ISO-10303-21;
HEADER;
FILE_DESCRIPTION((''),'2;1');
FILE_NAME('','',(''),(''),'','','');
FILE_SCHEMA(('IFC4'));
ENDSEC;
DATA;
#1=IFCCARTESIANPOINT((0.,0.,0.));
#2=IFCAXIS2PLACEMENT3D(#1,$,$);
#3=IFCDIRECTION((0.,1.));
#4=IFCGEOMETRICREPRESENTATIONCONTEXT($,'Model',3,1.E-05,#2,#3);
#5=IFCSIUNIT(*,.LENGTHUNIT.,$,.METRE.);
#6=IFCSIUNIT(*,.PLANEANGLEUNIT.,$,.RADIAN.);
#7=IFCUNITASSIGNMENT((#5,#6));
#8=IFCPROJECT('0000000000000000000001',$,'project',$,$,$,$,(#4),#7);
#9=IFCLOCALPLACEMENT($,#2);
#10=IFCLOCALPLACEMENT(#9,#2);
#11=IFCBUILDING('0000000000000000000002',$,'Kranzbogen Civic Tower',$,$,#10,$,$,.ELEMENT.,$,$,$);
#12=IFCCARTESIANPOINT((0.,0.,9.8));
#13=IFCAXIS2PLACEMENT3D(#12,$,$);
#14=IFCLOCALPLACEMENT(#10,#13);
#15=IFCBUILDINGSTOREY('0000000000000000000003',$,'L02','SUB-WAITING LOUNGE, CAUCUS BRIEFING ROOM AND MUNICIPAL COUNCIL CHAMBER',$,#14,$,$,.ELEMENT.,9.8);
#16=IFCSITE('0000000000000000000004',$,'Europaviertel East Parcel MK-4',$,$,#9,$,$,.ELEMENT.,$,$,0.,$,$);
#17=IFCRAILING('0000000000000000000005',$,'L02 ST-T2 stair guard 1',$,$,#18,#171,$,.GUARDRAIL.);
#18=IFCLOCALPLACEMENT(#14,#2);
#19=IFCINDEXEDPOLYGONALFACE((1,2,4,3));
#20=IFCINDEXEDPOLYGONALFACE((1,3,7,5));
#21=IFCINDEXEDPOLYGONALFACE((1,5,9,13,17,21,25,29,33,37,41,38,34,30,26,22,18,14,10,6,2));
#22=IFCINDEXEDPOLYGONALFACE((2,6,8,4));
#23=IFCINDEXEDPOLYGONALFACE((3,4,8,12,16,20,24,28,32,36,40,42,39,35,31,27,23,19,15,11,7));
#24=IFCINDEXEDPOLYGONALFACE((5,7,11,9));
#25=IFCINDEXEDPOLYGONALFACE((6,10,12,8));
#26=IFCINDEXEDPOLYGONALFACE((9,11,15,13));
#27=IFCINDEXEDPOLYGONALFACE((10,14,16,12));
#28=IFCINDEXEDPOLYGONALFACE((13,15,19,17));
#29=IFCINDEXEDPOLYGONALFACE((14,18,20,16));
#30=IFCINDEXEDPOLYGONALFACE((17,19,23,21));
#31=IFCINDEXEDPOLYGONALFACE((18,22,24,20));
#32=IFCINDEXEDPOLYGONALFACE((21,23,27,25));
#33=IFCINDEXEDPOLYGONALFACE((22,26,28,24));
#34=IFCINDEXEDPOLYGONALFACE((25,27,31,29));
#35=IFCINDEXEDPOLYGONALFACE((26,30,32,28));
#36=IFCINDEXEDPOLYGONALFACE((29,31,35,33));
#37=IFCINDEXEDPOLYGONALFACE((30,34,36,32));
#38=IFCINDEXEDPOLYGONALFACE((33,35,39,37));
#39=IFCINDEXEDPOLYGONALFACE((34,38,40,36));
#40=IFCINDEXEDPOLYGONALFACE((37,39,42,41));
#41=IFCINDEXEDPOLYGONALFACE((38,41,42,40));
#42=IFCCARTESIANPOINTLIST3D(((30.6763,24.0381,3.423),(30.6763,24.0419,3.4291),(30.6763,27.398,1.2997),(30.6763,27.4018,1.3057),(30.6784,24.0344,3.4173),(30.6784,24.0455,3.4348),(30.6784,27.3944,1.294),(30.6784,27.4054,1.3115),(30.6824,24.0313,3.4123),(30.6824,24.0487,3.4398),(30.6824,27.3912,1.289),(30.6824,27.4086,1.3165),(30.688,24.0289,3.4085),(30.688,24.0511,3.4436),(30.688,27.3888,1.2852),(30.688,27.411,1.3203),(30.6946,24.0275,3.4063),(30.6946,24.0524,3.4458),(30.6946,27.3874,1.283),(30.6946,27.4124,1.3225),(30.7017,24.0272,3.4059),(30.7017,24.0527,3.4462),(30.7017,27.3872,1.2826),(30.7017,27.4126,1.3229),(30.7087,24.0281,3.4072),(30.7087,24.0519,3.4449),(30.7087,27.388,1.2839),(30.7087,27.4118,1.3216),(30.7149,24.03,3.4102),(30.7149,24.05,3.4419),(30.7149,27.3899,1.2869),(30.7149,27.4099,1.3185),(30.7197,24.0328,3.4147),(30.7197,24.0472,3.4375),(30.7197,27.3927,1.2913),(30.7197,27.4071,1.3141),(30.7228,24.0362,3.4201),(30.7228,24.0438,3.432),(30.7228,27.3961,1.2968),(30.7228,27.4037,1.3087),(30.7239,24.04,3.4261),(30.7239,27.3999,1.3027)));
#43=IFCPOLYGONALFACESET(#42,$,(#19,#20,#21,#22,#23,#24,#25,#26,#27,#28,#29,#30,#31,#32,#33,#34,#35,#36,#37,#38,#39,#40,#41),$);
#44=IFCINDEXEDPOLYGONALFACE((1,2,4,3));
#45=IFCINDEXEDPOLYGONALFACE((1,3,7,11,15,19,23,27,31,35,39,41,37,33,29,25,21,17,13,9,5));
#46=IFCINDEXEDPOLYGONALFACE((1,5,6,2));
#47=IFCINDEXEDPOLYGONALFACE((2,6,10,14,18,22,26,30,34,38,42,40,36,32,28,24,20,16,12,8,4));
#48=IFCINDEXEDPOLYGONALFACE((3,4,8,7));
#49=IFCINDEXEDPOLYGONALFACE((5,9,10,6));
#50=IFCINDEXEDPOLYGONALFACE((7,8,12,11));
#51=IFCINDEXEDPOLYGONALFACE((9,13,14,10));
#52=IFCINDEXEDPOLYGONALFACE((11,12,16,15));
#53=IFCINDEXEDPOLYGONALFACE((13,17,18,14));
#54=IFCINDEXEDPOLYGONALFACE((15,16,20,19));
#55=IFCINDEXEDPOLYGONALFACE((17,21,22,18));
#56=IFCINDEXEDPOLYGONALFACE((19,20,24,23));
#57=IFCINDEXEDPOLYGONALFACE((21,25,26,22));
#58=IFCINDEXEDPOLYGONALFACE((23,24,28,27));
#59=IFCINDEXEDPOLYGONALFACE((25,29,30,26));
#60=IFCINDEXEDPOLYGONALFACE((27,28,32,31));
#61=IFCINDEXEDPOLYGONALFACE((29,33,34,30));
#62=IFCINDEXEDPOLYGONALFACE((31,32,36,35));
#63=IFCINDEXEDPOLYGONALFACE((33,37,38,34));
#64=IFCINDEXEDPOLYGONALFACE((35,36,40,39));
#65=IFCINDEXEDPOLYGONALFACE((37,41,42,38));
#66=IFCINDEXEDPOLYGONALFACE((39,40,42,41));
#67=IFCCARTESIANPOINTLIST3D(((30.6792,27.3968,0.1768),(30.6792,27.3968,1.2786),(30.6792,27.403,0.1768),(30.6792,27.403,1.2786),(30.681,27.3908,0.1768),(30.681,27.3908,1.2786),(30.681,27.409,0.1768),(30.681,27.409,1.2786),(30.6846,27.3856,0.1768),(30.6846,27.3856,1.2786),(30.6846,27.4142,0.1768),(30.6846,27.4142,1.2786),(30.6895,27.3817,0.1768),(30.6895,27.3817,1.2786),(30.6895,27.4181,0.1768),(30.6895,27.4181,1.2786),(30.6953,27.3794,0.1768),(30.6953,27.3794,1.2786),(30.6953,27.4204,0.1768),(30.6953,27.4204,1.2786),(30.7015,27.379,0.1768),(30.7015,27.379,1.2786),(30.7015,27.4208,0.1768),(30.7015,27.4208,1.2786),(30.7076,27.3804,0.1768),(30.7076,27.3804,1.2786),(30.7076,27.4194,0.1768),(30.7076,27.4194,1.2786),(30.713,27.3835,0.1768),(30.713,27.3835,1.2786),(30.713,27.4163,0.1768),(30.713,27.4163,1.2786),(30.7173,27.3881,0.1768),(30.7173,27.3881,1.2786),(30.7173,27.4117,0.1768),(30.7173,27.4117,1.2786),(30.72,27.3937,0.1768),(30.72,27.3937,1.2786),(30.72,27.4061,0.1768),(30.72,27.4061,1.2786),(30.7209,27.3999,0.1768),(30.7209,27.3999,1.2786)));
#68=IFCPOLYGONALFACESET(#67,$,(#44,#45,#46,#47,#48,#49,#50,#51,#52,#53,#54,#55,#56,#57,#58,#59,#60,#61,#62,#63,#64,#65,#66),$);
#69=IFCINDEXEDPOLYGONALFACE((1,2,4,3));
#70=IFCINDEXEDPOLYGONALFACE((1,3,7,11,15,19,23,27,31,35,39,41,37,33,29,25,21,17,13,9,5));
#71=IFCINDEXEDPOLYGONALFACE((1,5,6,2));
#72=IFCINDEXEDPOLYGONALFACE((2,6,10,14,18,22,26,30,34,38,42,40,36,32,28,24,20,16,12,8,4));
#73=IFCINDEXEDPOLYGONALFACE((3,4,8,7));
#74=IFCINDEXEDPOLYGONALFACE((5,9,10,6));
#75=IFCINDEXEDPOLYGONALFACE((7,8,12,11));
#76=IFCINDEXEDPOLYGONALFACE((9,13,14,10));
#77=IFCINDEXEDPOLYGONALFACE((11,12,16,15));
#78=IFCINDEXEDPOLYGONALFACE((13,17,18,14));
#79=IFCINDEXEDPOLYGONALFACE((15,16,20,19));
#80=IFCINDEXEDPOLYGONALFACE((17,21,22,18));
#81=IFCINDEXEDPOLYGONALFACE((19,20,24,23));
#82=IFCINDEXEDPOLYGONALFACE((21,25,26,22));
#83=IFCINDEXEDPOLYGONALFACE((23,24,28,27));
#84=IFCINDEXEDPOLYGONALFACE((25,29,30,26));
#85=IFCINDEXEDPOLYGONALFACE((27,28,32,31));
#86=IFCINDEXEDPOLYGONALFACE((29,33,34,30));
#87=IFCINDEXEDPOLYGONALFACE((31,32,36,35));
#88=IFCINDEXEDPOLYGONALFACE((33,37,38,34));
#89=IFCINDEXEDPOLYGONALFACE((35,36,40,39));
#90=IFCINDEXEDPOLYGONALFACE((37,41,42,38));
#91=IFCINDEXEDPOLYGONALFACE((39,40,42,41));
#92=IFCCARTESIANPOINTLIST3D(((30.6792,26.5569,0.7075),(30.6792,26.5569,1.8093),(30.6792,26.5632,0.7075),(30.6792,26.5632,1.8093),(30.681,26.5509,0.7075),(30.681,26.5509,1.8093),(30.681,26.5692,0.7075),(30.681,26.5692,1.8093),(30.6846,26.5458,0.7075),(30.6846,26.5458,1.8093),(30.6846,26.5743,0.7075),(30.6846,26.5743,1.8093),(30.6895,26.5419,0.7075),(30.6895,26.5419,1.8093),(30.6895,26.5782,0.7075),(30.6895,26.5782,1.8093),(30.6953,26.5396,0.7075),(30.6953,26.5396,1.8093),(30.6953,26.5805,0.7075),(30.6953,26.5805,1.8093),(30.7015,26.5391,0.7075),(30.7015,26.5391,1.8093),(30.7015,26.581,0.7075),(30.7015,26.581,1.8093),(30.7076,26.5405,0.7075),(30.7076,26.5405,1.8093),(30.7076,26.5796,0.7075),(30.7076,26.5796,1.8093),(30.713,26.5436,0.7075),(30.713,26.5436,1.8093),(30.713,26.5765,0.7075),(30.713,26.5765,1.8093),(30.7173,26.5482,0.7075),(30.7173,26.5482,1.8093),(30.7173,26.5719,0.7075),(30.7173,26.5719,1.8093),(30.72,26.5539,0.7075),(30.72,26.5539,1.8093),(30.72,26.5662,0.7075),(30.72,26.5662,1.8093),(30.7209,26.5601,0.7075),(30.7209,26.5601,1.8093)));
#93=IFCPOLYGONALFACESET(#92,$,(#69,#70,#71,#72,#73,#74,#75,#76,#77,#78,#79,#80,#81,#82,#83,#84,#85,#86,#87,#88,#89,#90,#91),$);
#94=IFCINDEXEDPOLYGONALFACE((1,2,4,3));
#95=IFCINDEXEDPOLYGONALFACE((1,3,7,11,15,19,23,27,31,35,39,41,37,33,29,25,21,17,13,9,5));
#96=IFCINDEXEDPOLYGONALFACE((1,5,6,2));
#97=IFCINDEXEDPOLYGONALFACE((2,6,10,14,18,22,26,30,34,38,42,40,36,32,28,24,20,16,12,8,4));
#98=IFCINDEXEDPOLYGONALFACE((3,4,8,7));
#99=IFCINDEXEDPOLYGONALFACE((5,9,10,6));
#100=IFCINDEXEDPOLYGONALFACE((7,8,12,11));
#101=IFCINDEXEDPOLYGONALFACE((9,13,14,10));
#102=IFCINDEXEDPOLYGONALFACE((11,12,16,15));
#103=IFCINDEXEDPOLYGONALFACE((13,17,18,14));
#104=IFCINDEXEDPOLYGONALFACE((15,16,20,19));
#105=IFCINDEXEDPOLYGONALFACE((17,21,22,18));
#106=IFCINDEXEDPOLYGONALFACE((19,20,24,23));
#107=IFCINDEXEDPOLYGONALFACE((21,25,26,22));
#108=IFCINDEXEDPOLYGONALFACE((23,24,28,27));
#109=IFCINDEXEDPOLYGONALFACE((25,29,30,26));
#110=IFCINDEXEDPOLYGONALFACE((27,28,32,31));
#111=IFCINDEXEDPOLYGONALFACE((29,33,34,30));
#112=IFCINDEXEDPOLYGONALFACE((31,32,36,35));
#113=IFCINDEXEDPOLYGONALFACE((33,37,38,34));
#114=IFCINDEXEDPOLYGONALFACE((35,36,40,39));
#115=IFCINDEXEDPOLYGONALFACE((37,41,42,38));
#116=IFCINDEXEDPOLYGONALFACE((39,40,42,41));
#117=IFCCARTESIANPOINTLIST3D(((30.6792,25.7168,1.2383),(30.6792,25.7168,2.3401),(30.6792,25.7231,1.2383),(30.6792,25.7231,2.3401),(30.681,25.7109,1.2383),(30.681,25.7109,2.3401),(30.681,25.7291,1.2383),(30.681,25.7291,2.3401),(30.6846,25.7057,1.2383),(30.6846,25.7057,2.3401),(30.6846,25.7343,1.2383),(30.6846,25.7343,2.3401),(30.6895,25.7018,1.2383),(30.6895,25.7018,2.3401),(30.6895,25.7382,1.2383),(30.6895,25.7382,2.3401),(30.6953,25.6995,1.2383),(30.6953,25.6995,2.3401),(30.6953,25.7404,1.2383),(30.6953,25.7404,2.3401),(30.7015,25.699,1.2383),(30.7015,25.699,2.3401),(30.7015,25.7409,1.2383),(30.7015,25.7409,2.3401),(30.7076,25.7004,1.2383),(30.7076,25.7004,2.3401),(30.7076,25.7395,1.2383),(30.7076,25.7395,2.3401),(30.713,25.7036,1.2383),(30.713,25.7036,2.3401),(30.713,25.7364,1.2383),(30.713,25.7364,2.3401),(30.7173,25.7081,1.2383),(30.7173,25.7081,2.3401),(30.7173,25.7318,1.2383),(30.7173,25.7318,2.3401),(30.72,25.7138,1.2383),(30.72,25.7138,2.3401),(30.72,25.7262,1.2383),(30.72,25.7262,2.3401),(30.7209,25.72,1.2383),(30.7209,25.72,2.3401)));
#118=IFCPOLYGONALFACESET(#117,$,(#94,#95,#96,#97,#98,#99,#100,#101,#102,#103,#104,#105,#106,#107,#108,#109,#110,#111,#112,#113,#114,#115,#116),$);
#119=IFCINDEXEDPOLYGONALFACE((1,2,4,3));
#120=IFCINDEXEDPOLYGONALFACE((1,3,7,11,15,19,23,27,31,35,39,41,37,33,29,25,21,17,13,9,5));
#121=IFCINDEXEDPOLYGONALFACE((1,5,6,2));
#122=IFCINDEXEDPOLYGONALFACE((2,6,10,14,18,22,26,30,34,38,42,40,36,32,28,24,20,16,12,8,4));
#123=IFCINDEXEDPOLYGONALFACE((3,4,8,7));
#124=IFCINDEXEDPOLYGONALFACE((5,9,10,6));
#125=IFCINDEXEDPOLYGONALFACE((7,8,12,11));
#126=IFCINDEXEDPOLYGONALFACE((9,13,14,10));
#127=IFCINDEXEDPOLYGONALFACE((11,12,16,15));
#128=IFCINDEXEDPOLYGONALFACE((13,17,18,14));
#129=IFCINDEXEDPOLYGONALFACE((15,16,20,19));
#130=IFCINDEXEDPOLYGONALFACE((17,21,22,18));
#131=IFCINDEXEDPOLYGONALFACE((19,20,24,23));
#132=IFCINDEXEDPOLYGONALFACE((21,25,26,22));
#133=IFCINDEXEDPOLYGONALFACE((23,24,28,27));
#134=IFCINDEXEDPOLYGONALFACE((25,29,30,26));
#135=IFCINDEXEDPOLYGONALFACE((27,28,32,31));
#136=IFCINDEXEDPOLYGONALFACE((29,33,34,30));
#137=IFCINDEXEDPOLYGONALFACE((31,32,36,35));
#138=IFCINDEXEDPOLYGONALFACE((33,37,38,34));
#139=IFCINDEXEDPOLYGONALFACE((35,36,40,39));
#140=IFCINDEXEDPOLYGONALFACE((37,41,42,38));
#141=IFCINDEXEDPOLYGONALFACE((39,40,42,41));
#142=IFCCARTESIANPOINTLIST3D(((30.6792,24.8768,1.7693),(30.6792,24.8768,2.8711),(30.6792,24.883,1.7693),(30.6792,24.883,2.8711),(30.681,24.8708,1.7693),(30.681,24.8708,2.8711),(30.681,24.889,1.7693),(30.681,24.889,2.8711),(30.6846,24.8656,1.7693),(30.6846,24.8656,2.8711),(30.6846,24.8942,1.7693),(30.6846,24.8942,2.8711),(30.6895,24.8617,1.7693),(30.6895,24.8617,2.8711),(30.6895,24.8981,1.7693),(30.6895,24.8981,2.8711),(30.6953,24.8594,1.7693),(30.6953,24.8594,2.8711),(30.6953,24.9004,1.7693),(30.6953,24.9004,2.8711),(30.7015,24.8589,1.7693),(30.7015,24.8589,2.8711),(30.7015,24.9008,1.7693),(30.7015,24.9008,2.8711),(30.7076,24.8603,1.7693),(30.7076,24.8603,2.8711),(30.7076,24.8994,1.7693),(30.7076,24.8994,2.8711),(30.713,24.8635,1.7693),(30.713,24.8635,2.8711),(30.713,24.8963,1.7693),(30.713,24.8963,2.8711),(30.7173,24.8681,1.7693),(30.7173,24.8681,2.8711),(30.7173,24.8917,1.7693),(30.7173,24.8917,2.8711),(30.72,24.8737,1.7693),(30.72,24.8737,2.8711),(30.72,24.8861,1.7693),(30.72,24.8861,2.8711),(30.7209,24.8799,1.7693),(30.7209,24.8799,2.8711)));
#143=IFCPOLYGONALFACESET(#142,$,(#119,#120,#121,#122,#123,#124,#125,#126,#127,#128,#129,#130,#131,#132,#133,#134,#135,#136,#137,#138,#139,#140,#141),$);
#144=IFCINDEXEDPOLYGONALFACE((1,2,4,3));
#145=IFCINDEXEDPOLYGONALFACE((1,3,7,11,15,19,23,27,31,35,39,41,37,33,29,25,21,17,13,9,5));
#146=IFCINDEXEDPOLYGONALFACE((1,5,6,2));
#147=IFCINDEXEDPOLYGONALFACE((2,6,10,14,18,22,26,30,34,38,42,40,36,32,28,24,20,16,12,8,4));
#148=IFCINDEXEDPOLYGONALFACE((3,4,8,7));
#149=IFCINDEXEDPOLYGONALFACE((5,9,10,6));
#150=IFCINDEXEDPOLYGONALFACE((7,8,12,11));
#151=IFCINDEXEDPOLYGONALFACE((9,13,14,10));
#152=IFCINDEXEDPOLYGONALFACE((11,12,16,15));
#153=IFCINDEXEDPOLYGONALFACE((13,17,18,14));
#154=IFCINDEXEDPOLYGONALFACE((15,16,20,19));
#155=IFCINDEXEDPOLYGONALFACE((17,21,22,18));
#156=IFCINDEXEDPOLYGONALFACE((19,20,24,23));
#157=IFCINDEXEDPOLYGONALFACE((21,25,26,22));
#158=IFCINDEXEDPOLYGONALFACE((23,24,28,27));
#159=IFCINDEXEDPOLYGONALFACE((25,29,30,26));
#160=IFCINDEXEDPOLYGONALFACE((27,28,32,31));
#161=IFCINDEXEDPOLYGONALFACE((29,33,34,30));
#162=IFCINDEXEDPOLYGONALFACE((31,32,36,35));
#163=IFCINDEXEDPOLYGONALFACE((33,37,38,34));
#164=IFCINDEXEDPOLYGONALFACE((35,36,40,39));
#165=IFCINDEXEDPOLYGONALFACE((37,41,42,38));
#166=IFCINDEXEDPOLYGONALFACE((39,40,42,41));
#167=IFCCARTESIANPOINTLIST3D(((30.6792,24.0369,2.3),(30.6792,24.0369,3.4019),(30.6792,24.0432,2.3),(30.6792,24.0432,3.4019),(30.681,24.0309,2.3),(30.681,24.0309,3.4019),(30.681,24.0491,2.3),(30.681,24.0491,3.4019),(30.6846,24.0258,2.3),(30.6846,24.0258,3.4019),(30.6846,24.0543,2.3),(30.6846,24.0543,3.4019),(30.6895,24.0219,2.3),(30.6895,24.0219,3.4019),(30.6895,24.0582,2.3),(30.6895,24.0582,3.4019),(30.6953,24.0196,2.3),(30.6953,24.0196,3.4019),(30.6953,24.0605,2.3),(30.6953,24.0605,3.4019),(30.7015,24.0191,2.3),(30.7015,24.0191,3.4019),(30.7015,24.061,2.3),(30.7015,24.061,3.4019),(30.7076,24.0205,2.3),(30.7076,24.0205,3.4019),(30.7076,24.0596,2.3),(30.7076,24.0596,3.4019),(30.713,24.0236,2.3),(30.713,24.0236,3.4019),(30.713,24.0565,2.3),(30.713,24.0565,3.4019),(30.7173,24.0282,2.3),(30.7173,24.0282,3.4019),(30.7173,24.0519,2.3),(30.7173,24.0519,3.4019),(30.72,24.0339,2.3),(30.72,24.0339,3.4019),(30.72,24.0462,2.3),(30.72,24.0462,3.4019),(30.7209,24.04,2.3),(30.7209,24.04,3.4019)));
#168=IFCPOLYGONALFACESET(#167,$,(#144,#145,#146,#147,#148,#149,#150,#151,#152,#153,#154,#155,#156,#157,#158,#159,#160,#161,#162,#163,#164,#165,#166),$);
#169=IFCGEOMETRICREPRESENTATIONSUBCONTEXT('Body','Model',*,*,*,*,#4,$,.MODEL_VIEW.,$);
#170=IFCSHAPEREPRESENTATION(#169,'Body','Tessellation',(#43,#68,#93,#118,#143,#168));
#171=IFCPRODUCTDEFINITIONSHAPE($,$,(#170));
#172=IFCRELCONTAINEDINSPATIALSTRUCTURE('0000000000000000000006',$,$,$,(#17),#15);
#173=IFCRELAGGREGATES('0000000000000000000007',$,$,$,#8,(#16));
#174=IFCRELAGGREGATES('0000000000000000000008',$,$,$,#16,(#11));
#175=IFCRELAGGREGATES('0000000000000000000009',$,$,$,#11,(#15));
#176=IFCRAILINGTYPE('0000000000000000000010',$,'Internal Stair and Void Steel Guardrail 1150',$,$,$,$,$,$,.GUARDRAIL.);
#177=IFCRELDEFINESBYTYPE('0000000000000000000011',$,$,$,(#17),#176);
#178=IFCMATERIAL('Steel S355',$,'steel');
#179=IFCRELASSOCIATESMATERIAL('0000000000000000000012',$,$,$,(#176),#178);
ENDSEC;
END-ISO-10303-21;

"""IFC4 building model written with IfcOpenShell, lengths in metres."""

from ifc_helpers import new_model, si_unit, direction, frame, origin, origin_2d, place, context, subcontext, project, spatial, circle, extrude, material, type_object, element, save


model = new_model("IFC4")

# Units and contexts
model_context = context("Model", 3, precision=1e-05, world=origin(), true_north=direction((0.0, 1.0)))
body_context = subcontext(model_context, "Body", "Model", "MODEL_VIEW")
ifc_project = project(units=[si_unit("LENGTHUNIT", "METRE"), si_unit("PLANEANGLEUNIT", "RADIAN")], contexts=[model_context])

# Site, building, storey
site_placement = place(None, origin())
site = spatial("IfcSite", under=ifc_project, at=site_placement, Name="Europaviertel East Parcel MK-4", CompositionType="ELEMENT", RefElevation=0.0)
building_placement = place(site_placement, origin())
building = spatial("IfcBuilding", under=site, at=building_placement, Name="Kranzbogen Civic Tower", CompositionType="ELEMENT")
storey_placement = place(building_placement, frame((0.0, 0.0, 9.8)))
storey = spatial("IfcBuildingStorey", under=building, at=storey_placement, Name="L02", Description="SUB-WAITING LOUNGE, CAUCUS BRIEFING ROOM AND MUNICIPAL COUNCIL CHAMBER", CompositionType="ELEMENT", Elevation=9.8)

# Shared definitions
ifc_material_1 = material(Name="Steel S355", Category="steel")

# Railing
railing_type_1 = type_object("IfcRailingType", Name="Internal Stair and Void Steel Guardrail 1150", PredefinedType="GUARDRAIL", material=ifc_material_1)
railing_1_placement = place(storey_placement, frame((30.7, 27.3999, 0.1768)))
element("IfcRailing", 1, at=railing_1_placement, inside=storey, type_object=railing_type_1, Name="L02 ST-T2 stair guard 1", PredefinedType="GUARDRAIL", context=body_context, shape_type="SweptSolid", body=[
    extrude(circle(Radius=0.0239, at=origin_2d()), frame((0.0, 0.0, 1.126), z_axis=(0.0, -0.845344, 0.534222), x_axis=(1.0, 0.0, 0.0)), (0.0, 0.0, 1.0), 3.9746),
    extrude(circle(Radius=0.021, at=origin_2d()), origin(), (0.0, 0.0, 1.0), 1.1018),
    extrude(circle(Radius=0.021, at=origin_2d()), frame((0.0, -0.8398, 0.5308)), (0.0, 0.0, 1.0), 1.1018),
    extrude(circle(Radius=0.021, at=origin_2d()), frame((0.0, -1.6799, 1.0615)), (0.0, 0.0, 1.0), 1.1018),
    extrude(circle(Radius=0.021, at=origin_2d()), frame((0.0, -2.52, 1.5925)), (0.0, 0.0, 1.0), 1.1018),
    extrude(circle(Radius=0.021, at=origin_2d()), frame((0.0, -3.3599, 2.1233)), (0.0, 0.0, 1.0), 1.1018),
])

save(model, "model.ifc")
